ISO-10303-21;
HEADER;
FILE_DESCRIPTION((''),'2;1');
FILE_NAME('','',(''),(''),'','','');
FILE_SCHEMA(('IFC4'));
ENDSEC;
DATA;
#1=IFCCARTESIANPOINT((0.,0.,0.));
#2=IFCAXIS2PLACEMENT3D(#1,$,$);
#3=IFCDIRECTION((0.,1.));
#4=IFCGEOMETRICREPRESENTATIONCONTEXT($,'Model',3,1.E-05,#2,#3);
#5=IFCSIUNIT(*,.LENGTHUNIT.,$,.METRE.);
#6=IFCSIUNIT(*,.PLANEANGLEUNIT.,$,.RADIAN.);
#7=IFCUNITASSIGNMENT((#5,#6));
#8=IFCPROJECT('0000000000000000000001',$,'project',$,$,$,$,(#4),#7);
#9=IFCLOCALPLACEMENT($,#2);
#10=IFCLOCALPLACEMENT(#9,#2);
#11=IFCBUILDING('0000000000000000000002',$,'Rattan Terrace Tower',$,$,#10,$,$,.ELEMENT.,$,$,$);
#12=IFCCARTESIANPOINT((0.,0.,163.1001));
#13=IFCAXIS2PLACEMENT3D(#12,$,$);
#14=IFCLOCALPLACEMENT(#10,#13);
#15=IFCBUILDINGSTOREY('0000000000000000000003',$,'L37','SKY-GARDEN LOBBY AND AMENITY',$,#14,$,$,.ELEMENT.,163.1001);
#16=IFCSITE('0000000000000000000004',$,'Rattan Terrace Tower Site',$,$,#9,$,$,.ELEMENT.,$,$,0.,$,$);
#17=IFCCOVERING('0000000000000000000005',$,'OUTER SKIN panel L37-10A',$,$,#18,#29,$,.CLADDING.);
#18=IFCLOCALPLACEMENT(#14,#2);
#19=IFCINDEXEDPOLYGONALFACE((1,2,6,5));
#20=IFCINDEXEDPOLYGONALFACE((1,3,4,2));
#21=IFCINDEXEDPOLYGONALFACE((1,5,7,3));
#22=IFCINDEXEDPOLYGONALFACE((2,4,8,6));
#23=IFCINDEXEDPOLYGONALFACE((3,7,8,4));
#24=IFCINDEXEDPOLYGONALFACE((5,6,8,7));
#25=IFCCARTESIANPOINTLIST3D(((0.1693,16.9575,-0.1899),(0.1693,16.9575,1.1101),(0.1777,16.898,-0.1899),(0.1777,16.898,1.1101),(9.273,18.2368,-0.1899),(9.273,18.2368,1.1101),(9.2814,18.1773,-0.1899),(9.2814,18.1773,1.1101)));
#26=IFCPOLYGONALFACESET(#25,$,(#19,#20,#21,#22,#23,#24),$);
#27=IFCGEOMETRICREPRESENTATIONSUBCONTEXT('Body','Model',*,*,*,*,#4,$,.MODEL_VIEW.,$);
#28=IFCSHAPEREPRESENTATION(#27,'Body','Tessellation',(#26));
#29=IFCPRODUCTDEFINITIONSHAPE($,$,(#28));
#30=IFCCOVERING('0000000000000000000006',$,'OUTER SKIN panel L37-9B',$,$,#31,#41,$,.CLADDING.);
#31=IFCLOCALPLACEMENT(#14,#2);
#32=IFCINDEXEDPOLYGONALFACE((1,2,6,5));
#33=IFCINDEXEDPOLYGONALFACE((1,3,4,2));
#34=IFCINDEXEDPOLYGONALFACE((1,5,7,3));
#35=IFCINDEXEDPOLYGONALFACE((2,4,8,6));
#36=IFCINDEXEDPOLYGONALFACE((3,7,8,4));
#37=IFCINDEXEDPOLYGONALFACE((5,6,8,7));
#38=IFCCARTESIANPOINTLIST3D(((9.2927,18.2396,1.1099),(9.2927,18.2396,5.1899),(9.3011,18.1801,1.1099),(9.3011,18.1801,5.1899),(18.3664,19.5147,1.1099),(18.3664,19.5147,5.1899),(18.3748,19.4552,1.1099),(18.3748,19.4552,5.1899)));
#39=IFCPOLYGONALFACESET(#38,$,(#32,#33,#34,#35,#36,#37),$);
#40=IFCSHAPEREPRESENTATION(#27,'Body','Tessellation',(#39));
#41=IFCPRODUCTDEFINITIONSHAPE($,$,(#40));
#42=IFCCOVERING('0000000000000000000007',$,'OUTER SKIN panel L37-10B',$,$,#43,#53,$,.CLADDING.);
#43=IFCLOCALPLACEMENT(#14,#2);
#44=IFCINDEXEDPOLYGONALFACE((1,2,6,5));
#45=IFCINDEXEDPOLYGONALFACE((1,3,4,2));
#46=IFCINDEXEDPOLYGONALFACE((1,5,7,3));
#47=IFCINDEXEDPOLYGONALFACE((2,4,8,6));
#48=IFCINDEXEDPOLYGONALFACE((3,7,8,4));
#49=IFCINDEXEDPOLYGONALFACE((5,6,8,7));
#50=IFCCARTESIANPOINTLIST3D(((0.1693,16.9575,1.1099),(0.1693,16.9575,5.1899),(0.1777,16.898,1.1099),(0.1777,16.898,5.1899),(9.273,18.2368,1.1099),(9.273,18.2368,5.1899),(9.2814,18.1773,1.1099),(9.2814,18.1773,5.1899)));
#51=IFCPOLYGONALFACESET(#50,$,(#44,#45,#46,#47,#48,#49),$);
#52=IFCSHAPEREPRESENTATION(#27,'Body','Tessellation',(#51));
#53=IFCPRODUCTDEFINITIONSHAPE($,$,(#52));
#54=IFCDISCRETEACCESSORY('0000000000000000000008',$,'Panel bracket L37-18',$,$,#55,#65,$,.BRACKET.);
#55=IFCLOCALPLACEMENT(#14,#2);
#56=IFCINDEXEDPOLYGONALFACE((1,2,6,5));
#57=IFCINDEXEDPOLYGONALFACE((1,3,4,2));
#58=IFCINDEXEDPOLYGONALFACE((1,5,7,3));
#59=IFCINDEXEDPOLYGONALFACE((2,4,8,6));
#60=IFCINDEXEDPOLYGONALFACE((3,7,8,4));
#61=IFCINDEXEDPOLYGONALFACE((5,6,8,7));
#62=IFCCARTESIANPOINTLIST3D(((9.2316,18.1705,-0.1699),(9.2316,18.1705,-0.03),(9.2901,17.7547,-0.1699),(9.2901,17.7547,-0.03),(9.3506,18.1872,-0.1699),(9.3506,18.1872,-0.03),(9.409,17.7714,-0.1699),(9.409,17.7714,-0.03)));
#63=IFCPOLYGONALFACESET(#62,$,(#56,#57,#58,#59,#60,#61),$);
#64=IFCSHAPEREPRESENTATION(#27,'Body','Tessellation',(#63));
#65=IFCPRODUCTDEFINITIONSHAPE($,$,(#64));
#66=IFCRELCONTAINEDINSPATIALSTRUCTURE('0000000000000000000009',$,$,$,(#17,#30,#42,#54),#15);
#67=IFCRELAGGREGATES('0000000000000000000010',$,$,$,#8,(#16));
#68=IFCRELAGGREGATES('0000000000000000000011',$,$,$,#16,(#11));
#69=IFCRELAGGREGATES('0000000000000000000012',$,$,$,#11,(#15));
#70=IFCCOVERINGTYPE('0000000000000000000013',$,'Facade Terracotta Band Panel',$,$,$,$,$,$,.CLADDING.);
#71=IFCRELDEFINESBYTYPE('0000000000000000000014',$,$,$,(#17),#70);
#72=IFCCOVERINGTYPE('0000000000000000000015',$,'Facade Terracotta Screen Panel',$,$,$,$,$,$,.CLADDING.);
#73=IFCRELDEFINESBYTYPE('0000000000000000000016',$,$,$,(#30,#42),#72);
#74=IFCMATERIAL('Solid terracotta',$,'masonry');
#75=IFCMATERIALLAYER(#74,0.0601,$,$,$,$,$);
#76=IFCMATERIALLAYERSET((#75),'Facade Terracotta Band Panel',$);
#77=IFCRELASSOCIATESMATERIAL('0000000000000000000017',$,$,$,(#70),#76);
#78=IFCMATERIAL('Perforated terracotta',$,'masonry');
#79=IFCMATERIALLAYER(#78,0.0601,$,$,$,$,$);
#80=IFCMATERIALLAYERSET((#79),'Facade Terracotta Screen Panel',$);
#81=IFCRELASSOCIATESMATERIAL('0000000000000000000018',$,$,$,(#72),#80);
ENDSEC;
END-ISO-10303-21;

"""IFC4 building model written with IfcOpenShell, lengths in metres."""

from ifc_helpers import new_model, si_unit, direction, frame, origin, origin_2d, place, context, subcontext, project, spatial, rectangle, extrude, material, layer, layer_set, type_object, element, save


model = new_model("IFC4")

# Units and contexts
model_context = context("Model", 3, precision=1e-05, world=origin(), true_north=direction((0.0, 1.0)))
body_context = subcontext(model_context, "Body", "Model", "MODEL_VIEW")
ifc_project = project(units=[si_unit("LENGTHUNIT", "METRE"), si_unit("PLANEANGLEUNIT", "RADIAN")], contexts=[model_context])

# Site, building, storey
site_placement = place(None, origin())
site = spatial("IfcSite", under=ifc_project, at=site_placement, Name="Rattan Terrace Tower Site", CompositionType="ELEMENT", RefElevation=0.0)
building_placement = place(site_placement, origin())
building = spatial("IfcBuilding", under=site, at=building_placement, Name="Rattan Terrace Tower", CompositionType="ELEMENT")
storey_placement = place(building_placement, frame((0.0, 0.0, 163.1001)))
storey = spatial("IfcBuildingStorey", under=building, at=storey_placement, Name="L37", Description="SKY-GARDEN LOBBY AND AMENITY", CompositionType="ELEMENT", Elevation=163.1001)

# Coverings
ifc_material_1 = material(Name="Solid terracotta", Category="masonry")
ifc_layer_1 = layer(ifc_material_1, 0.0601)
ifc_layer_set_1 = layer_set([ifc_layer_1], Name="Facade Terracotta Band Panel")
covering_type_1 = type_object("IfcCoveringType", Name="Facade Terracotta Band Panel", PredefinedType="CLADDING", material=ifc_layer_set_1)
covering_1_placement = place(storey_placement, frame((4.7253, 17.5674, -0.1899), z_axis=(0.0, 0.0, 1.0), x_axis=(-0.99027, -0.139161, 0.0)))
element("IfcCovering", 1, at=covering_1_placement, inside=storey, type_object=covering_type_1, Name="OUTER SKIN panel L37-10A", PredefinedType="CLADDING", context=body_context, shape_type="SweptSolid", body=[
    extrude(rectangle(XDim=9.1931, YDim=0.0601, at=origin_2d()), origin(), (0.0, 0.0, 1.0), 1.3),
])
ifc_material_2 = material(Name="Perforated terracotta", Category="masonry")
ifc_layer_2 = layer(ifc_material_2, 0.0601)
ifc_layer_set_2 = layer_set([ifc_layer_2], Name="Facade Terracotta Screen Panel")
covering_type_2 = type_object("IfcCoveringType", Name="Facade Terracotta Screen Panel", PredefinedType="CLADDING", material=ifc_layer_set_2)
covering_2_placement = place(storey_placement, frame((13.8337, 18.8474, 1.1099), z_axis=(0.0, 0.0, 1.0), x_axis=(-0.99027, -0.139161, 0.0)))
element("IfcCovering", 2, at=covering_2_placement, inside=storey, type_object=covering_type_2, Name="OUTER SKIN panel L37-9B", PredefinedType="CLADDING", context=body_context, shape_type="SweptSolid", body=[
    extrude(rectangle(XDim=9.1628, YDim=0.0601, at=origin_2d()), origin(), (0.0, 0.0, 1.0), 4.0801),
])
covering_3_placement = place(storey_placement, frame((4.7253, 17.5674, 1.1099), z_axis=(0.0, 0.0, 1.0), x_axis=(-0.99027, -0.139161, 0.0)))
element("IfcCovering", 3, at=covering_3_placement, inside=storey, type_object=covering_type_2, Name="OUTER SKIN panel L37-10B", PredefinedType="CLADDING", context=body_context, shape_type="SweptSolid", body=[
    extrude(rectangle(XDim=9.1931, YDim=0.0601, at=origin_2d()), origin(), (0.0, 0.0, 1.0), 4.0801),
])

# Discrete accessory
discrete_accessory_placement = place(storey_placement, frame((9.3203, 17.9709, -0.1699), z_axis=(0.0, 0.0, 1.0), x_axis=(-0.99027, -0.139161, 0.0)))
element("IfcDiscreteAccessory", 4, at=discrete_accessory_placement, inside=storey, Name="Panel bracket L37-18", PredefinedType="BRACKET", context=body_context, shape_type="SweptSolid", body=[
    extrude(rectangle(XDim=0.1201, YDim=0.4199, at=origin_2d()), origin(), (0.0, 0.0, 1.0), 0.1399),
])

save(model, "model.ifc")
